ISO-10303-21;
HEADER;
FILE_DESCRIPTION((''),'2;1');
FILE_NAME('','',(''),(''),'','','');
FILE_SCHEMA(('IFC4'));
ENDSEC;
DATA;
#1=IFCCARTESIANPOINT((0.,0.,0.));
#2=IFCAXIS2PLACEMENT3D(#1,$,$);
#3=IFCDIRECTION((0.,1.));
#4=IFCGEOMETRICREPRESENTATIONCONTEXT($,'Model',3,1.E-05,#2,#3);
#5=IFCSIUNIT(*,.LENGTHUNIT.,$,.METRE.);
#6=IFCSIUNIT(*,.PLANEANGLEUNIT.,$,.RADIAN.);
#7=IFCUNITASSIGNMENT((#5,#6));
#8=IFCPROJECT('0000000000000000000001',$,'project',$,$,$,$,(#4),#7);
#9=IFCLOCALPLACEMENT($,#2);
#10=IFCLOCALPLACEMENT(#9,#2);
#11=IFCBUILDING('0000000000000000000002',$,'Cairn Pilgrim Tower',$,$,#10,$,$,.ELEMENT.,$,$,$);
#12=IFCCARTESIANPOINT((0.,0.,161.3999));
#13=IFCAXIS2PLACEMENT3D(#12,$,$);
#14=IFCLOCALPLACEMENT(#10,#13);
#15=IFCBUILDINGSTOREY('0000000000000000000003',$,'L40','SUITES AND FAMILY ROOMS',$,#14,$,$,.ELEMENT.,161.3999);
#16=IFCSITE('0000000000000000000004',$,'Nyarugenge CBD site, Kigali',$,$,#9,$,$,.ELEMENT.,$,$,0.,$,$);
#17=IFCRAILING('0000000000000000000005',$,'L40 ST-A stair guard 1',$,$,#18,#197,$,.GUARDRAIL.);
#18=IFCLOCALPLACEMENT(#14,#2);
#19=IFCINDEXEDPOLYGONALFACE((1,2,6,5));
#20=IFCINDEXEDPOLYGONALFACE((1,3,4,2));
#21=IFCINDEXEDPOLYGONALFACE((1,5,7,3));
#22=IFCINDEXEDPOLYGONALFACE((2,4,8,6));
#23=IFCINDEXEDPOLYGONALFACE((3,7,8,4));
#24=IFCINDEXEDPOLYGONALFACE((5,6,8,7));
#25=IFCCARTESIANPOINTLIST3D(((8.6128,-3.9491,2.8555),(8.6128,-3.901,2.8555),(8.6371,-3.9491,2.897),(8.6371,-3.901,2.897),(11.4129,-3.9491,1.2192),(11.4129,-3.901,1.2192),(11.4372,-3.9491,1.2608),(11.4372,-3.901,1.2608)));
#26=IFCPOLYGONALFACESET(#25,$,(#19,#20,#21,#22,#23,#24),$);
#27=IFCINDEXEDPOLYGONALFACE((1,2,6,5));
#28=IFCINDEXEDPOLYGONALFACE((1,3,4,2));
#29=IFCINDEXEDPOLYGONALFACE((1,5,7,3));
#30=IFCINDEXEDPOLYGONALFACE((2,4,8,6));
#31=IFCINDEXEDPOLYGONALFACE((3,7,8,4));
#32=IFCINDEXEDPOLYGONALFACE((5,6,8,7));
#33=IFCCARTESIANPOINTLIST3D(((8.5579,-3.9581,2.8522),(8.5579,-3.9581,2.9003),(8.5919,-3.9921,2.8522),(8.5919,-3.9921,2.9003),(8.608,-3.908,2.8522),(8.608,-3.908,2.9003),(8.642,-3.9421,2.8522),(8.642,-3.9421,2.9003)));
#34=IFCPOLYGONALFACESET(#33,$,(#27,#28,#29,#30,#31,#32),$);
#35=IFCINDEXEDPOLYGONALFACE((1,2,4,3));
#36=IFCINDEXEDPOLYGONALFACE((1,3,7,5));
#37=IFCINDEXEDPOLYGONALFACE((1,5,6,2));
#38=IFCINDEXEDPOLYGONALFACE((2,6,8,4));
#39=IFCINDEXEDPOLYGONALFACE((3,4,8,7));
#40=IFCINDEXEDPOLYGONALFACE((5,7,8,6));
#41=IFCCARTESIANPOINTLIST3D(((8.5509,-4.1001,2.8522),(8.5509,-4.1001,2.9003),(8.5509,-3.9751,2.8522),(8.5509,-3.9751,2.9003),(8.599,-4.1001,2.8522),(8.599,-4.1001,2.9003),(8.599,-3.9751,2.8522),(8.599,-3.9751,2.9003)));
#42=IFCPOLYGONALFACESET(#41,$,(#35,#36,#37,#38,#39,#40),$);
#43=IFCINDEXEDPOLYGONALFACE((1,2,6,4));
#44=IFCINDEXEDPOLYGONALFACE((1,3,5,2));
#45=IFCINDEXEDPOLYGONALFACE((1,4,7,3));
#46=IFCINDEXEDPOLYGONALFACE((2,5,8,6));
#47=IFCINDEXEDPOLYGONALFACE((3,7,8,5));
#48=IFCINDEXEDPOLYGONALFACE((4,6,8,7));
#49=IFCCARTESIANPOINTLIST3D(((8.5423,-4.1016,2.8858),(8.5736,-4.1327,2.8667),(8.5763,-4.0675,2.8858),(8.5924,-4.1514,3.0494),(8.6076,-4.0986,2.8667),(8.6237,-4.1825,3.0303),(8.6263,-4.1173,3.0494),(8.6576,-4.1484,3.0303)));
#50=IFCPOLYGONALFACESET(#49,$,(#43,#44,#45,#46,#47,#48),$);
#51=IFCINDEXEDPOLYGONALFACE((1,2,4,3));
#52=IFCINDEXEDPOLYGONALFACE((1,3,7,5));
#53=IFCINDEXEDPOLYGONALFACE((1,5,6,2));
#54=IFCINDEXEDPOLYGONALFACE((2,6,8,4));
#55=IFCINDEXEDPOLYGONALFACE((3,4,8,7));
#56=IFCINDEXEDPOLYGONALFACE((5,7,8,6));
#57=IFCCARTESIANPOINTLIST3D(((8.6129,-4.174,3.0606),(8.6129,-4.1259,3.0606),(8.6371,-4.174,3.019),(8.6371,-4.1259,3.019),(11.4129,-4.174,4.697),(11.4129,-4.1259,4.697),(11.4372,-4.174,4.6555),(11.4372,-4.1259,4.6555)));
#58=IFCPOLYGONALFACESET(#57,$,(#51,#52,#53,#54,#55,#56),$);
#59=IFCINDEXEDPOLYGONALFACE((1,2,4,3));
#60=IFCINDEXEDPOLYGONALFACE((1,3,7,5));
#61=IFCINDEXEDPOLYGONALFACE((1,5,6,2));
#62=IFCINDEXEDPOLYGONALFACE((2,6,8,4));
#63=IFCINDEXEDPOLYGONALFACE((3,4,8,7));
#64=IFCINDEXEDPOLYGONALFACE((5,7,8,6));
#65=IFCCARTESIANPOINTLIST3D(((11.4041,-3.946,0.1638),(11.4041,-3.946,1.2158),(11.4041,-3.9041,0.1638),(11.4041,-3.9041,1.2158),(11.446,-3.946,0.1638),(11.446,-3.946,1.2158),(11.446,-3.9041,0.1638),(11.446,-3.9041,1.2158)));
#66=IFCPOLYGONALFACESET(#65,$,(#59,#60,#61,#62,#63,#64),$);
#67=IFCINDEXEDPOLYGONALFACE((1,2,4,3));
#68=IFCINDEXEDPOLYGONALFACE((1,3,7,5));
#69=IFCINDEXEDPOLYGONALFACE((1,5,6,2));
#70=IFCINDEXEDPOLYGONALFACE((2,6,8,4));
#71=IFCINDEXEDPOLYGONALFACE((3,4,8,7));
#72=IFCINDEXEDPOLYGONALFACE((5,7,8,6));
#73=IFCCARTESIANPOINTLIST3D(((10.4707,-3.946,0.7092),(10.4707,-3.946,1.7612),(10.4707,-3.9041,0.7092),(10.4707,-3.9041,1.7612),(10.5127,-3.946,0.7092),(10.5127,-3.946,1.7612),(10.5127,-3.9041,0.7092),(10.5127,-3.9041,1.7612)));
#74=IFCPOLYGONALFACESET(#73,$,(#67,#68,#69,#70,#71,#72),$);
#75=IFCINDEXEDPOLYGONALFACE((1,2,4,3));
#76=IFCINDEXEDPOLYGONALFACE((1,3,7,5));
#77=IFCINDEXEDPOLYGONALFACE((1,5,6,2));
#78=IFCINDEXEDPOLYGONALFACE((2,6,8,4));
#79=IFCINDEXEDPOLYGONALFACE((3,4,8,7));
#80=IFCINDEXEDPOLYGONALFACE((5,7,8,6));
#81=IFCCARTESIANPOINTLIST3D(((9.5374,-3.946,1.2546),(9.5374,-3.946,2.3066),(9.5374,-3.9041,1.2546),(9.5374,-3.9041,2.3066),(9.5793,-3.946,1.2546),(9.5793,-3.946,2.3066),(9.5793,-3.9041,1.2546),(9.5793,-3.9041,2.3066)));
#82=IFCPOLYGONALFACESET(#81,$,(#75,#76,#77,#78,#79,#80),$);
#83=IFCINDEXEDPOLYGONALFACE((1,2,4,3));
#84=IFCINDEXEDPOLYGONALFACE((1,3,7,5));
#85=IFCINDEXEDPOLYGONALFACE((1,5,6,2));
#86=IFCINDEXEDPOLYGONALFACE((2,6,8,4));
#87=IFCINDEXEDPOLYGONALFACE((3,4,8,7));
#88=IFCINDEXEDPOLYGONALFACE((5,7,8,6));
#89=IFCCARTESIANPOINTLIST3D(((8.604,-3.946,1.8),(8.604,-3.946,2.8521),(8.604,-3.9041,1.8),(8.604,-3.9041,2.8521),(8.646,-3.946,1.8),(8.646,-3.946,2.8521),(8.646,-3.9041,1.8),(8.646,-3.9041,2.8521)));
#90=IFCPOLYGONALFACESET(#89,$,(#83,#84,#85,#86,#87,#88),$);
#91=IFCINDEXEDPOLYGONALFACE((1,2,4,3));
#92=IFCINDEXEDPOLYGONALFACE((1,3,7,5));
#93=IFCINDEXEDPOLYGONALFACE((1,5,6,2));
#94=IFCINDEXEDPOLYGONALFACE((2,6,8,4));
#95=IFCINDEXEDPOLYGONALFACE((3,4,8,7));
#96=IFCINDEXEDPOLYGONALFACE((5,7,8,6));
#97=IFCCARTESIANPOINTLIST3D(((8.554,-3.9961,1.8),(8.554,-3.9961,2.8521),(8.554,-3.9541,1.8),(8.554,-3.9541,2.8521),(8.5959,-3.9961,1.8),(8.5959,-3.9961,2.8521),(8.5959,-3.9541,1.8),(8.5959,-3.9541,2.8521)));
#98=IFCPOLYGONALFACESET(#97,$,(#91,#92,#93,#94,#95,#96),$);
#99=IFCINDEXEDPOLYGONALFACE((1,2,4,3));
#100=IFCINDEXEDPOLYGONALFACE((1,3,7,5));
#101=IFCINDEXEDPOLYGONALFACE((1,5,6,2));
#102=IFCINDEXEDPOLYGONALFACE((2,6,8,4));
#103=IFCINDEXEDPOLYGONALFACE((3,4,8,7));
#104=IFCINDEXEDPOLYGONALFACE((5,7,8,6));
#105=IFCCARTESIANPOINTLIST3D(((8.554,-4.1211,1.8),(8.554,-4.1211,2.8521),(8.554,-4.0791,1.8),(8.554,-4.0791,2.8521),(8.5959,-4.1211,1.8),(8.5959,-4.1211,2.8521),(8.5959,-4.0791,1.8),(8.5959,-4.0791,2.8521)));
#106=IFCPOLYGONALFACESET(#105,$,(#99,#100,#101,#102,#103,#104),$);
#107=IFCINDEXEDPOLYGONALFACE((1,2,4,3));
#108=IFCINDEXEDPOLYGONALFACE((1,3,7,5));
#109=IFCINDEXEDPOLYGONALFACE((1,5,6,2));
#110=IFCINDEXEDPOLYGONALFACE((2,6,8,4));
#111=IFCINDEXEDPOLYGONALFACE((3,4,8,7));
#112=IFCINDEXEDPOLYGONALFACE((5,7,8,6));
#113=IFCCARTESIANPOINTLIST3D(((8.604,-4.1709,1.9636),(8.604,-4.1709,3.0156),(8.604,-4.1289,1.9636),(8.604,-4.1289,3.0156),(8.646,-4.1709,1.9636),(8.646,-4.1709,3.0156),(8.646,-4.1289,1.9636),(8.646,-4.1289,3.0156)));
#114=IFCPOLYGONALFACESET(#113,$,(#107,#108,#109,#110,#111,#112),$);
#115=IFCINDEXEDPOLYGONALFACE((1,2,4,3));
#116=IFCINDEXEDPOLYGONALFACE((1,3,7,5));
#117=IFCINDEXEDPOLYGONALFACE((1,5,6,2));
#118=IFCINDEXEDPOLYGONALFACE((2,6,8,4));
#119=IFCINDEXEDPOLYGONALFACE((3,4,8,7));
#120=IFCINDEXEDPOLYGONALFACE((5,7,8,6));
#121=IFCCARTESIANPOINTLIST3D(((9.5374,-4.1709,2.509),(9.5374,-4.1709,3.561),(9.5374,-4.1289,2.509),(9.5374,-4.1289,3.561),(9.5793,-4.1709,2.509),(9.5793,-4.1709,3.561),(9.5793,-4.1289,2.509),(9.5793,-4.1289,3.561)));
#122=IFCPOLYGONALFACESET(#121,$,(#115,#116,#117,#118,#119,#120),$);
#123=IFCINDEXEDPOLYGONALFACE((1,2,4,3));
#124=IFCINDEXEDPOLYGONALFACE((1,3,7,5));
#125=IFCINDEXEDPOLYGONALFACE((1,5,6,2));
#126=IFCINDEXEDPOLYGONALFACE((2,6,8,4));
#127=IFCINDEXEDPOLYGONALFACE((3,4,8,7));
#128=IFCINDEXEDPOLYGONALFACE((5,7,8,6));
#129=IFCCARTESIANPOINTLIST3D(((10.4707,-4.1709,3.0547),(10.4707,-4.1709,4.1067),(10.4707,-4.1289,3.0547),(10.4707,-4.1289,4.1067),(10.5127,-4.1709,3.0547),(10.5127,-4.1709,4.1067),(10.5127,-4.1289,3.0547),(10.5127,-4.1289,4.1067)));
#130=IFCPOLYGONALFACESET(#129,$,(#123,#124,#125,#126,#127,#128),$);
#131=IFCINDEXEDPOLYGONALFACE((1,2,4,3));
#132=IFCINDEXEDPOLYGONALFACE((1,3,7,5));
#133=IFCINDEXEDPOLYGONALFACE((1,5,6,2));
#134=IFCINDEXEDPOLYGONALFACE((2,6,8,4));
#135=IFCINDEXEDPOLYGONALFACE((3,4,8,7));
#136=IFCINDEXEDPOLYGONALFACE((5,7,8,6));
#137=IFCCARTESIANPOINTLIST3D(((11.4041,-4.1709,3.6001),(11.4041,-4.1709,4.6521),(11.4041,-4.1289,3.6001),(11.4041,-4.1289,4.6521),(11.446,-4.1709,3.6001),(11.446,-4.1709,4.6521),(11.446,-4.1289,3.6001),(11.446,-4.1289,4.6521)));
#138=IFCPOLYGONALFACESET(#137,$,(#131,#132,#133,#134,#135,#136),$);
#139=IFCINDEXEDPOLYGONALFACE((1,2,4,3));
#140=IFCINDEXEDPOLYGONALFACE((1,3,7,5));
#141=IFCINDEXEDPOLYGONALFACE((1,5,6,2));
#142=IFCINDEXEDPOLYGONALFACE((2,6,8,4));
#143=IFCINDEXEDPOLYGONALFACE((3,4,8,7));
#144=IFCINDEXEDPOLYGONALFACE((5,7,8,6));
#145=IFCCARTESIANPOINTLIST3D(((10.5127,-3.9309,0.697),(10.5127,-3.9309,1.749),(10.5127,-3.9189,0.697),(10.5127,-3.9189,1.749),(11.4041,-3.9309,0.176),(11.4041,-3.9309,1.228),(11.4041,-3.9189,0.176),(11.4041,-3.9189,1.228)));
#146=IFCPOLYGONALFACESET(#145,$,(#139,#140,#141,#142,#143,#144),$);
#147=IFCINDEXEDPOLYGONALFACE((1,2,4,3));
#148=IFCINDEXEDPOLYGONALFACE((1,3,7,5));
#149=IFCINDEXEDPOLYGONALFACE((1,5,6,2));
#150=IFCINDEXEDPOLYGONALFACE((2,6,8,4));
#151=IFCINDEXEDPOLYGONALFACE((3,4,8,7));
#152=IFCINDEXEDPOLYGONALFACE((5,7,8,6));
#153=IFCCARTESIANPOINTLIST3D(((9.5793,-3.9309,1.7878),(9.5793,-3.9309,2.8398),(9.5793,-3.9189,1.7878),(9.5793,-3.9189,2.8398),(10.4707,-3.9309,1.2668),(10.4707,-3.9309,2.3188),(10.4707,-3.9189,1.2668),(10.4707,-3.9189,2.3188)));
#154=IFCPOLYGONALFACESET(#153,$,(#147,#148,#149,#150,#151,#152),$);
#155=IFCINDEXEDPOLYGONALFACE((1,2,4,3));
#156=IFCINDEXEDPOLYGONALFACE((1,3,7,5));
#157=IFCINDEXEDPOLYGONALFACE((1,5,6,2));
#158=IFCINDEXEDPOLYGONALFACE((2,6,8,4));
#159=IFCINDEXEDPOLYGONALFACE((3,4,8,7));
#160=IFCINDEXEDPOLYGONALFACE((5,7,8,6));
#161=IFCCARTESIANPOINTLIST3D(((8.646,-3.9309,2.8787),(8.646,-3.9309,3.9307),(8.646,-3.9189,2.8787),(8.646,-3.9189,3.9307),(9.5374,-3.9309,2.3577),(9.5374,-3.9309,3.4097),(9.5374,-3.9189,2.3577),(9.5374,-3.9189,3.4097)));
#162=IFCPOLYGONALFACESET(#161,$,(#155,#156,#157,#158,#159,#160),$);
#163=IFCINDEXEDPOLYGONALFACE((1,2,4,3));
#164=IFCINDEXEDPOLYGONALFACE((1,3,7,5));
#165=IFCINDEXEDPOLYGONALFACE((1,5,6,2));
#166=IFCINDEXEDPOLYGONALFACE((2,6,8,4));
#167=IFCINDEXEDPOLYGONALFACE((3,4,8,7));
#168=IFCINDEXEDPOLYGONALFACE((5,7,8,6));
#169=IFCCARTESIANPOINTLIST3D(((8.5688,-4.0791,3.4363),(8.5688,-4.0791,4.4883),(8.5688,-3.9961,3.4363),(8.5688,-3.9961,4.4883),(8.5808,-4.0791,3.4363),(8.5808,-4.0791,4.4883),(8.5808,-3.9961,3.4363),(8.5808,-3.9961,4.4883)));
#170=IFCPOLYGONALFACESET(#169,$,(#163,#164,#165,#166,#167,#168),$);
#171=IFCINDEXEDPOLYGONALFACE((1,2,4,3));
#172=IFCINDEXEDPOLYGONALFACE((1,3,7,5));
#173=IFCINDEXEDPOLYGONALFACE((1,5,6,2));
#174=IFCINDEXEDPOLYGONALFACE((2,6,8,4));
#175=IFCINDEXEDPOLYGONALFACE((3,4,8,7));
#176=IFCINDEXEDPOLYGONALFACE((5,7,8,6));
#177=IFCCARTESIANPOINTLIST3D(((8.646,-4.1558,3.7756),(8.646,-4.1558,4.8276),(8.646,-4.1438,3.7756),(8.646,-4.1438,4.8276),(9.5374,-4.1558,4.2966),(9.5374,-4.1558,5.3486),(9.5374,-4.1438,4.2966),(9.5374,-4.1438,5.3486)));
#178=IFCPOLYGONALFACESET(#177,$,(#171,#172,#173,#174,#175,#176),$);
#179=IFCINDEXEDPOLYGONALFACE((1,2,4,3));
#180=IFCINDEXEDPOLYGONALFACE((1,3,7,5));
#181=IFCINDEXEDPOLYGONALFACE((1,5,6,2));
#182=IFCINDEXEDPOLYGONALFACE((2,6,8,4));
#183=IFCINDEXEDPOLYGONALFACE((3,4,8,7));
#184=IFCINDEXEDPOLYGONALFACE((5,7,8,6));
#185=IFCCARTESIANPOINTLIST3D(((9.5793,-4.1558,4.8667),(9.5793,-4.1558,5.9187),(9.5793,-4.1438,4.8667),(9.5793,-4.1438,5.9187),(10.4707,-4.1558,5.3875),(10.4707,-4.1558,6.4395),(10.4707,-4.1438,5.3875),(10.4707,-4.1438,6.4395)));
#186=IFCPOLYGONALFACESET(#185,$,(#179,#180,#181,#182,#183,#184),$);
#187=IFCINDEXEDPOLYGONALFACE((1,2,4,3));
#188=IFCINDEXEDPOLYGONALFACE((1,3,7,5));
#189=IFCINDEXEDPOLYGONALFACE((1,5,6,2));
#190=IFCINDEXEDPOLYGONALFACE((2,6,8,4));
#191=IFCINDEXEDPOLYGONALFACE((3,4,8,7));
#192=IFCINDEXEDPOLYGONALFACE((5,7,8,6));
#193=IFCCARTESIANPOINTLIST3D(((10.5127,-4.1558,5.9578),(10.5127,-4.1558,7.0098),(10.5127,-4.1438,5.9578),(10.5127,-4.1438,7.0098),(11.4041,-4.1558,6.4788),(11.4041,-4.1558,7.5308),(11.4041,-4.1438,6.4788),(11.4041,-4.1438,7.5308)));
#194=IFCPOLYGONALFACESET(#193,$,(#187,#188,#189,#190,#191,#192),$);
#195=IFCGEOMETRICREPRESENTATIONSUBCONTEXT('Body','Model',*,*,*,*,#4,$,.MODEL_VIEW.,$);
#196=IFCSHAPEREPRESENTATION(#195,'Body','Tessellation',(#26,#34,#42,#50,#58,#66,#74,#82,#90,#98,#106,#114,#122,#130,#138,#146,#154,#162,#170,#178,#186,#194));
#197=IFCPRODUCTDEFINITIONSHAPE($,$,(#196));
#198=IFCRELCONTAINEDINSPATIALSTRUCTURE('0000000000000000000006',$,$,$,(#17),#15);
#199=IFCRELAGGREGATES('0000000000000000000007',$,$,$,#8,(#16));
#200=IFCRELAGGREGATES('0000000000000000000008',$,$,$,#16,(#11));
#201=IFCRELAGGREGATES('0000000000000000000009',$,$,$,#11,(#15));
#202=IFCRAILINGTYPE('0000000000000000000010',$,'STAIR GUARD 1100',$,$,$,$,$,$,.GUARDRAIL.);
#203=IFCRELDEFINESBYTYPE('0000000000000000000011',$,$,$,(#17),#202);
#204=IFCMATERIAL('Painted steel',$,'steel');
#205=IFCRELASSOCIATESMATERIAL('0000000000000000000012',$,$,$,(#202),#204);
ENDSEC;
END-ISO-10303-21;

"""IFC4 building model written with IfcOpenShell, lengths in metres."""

from ifc_helpers import new_model, si_unit, direction, frame, origin, origin_2d, place, context, subcontext, project, spatial, polyline, rectangle, outline, extrude, material, type_object, element, save


model = new_model("IFC4")

# Units and contexts
model_context = context("Model", 3, precision=1e-05, world=origin(), true_north=direction((0.0, 1.0)))
body_context = subcontext(model_context, "Body", "Model", "MODEL_VIEW")
ifc_project = project(units=[si_unit("LENGTHUNIT", "METRE"), si_unit("PLANEANGLEUNIT", "RADIAN")], contexts=[model_context])

# Site, building, storey
site_placement = place(None, origin())
site = spatial("IfcSite", under=ifc_project, at=site_placement, Name="Nyarugenge CBD site, Kigali", CompositionType="ELEMENT", RefElevation=0.0)
building_placement = place(site_placement, origin())
building = spatial("IfcBuilding", under=site, at=building_placement, Name="Cairn Pilgrim Tower", CompositionType="ELEMENT")
storey_placement = place(building_placement, frame((0.0, 0.0, 161.3999)))
storey = spatial("IfcBuildingStorey", under=building, at=storey_placement, Name="L40", Description="SUITES AND FAMILY ROOMS", CompositionType="ELEMENT", Elevation=161.3999)

# Shared definitions
ifc_material_1 = material(Name="Painted steel", Category="steel")

# Railing
railing_type_1 = type_object("IfcRailingType", Name="STAIR GUARD 1100", PredefinedType="GUARDRAIL", material=ifc_material_1)
railing_1_placement = place(storey_placement, frame((11.425, -3.925, 0.1638)))
element("IfcRailing", 1, at=railing_1_placement, inside=storey, type_object=railing_type_1, Name="L40 ST-A stair guard 1", PredefinedType="GUARDRAIL", context=body_context, shape_type="SweptSolid", body=[
    extrude(rectangle(XDim=0.0481, YDim=0.0481, at=origin_2d()), frame((0.0, 0.0, 1.0762), z_axis=(-0.863394, 0.0, 0.504531), x_axis=(0.0, -1.0, 0.0)), (0.0, 0.0, 1.0), 3.2432),
    extrude(rectangle(XDim=0.0481, YDim=0.0481, at=origin_2d()), frame((-2.8, 0.0, 2.7124), z_axis=(-0.707107, -0.707107, 0.0), x_axis=(0.707107, -0.707107, 0.0)), (0.0, 0.0, 1.0), 0.0708),
    extrude(rectangle(XDim=0.0481, YDim=0.0481, at=origin_2d()), frame((-2.8501, -0.05, 2.7124), z_axis=(0.0, -1.0, 0.0), x_axis=(1.0, 0.0, 0.0)), (0.0, 0.0, 1.0), 0.125),
    extrude(rectangle(XDim=0.0481, YDim=0.0481, at=origin_2d()), frame((-2.8501, -0.175, 2.7124), z_axis=(0.280917, -0.279546, 0.918118), x_axis=(0.705376, 0.708834, 0.0)), (0.0, 0.0, 1.0), 0.1782),
    extrude(rectangle(XDim=0.0481, YDim=0.0481, at=origin_2d()), frame((-2.8, -0.2249, 2.876), z_axis=(0.863361, 0.0, 0.504587), x_axis=(0.0, 1.0, 0.0)), (0.0, 0.0, 1.0), 3.2432),
    extrude(rectangle(XDim=0.042, YDim=0.042, at=origin_2d()), origin(), (0.0, 0.0, 1.0), 1.052),
    extrude(rectangle(XDim=0.042, YDim=0.042, at=origin_2d()), frame((-0.9333, 0.0, 0.5454)), (0.0, 0.0, 1.0), 1.052),
    extrude(rectangle(XDim=0.042, YDim=0.042, at=origin_2d()), frame((-1.8667, 0.0, 1.0908)), (0.0, 0.0, 1.0), 1.052),
    extrude(rectangle(XDim=0.042, YDim=0.042, at=origin_2d()), frame((-2.8, 0.0, 1.6362)), (0.0, 0.0, 1.0), 1.052),
    extrude(rectangle(XDim=0.042, YDim=0.042, at=origin_2d()), frame((-2.8501, -0.05, 1.6362)), (0.0, 0.0, 1.0), 1.052),
    extrude(rectangle(XDim=0.042, YDim=0.042, at=origin_2d()), frame((-2.8501, -0.175, 1.6362)), (0.0, 0.0, 1.0), 1.052),
    extrude(rectangle(XDim=0.042, YDim=0.042, at=origin_2d()), frame((-2.8, -0.2249, 1.7998)), (0.0, 0.0, 1.0), 1.052),
    extrude(rectangle(XDim=0.042, YDim=0.042, at=origin_2d()), frame((-1.8667, -0.2249, 2.3452)), (0.0, 0.0, 1.0), 1.052),
    extrude(rectangle(XDim=0.042, YDim=0.042, at=origin_2d()), frame((-0.9333, -0.2249, 2.8909)), (0.0, 0.0, 1.0), 1.052),
    extrude(rectangle(XDim=0.042, YDim=0.042, at=origin_2d()), frame((0.0, -0.2249, 3.4363)), (0.0, 0.0, 1.0), 1.052),
    extrude(outline(polyline([(0.021, 0.0122), (0.9124, 0.5332), (0.9124, 1.5852), (0.021, 1.0642), (0.021, 0.0122)])), frame((0.0, -0.0059, 0.0), z_axis=(0.0, 1.0, 0.0), x_axis=(-1.0, 0.0, 0.0)), (0.0, 0.0, 1.0), 0.012),
    extrude(outline(polyline([(0.021, 0.5576), (0.9124, 1.0786), (0.9124, 2.1306), (0.021, 1.6096), (0.021, 0.5576)])), frame((-0.9333, -0.0059, 0.5454), z_axis=(0.0, 1.0, 0.0), x_axis=(-1.0, 0.0, 0.0)), (0.0, 0.0, 1.0), 0.012),
    extrude(outline(polyline([(0.021, 1.103), (0.9124, 1.624), (0.9124, 2.676), (0.021, 2.155), (0.021, 1.103)])), frame((-1.8667, -0.0059, 1.0908), z_axis=(0.0, 1.0, 0.0), x_axis=(-1.0, 0.0, 0.0)), (0.0, 0.0, 1.0), 0.012),
    extrude(outline(polyline([(0.021, 1.6362), (0.104, 1.6362), (0.104, 2.6882), (0.021, 2.6882), (0.021, 1.6362)])), frame((-2.8442, -0.05, 1.6362), z_axis=(-1.0, 0.0, 0.0), x_axis=(0.0, -1.0, 0.0)), (0.0, 0.0, 1.0), 0.012),
    extrude(outline(polyline([(0.021, 1.812), (0.9124, 2.333), (0.9124, 3.385), (0.021, 2.864), (0.021, 1.812)])), frame((-2.8, -0.2188, 1.7998), z_axis=(0.0, -1.0, 0.0), x_axis=(1.0, 0.0, 0.0)), (0.0, 0.0, 1.0), 0.012),
    extrude(outline(polyline([(0.021, 2.3577), (0.9124, 2.8784), (0.9124, 3.9304), (0.021, 3.4097), (0.021, 2.3577)])), frame((-1.8667, -0.2188, 2.3452), z_axis=(0.0, -1.0, 0.0), x_axis=(1.0, 0.0, 0.0)), (0.0, 0.0, 1.0), 0.012),
    extrude(outline(polyline([(0.021, 2.9031), (0.9124, 3.4241), (0.9124, 4.4761), (0.021, 3.9551), (0.021, 2.9031)])), frame((-0.9333, -0.2188, 2.8909), z_axis=(0.0, -1.0, 0.0), x_axis=(1.0, 0.0, 0.0)), (0.0, 0.0, 1.0), 0.012),
])

save(model, "model.ifc")
